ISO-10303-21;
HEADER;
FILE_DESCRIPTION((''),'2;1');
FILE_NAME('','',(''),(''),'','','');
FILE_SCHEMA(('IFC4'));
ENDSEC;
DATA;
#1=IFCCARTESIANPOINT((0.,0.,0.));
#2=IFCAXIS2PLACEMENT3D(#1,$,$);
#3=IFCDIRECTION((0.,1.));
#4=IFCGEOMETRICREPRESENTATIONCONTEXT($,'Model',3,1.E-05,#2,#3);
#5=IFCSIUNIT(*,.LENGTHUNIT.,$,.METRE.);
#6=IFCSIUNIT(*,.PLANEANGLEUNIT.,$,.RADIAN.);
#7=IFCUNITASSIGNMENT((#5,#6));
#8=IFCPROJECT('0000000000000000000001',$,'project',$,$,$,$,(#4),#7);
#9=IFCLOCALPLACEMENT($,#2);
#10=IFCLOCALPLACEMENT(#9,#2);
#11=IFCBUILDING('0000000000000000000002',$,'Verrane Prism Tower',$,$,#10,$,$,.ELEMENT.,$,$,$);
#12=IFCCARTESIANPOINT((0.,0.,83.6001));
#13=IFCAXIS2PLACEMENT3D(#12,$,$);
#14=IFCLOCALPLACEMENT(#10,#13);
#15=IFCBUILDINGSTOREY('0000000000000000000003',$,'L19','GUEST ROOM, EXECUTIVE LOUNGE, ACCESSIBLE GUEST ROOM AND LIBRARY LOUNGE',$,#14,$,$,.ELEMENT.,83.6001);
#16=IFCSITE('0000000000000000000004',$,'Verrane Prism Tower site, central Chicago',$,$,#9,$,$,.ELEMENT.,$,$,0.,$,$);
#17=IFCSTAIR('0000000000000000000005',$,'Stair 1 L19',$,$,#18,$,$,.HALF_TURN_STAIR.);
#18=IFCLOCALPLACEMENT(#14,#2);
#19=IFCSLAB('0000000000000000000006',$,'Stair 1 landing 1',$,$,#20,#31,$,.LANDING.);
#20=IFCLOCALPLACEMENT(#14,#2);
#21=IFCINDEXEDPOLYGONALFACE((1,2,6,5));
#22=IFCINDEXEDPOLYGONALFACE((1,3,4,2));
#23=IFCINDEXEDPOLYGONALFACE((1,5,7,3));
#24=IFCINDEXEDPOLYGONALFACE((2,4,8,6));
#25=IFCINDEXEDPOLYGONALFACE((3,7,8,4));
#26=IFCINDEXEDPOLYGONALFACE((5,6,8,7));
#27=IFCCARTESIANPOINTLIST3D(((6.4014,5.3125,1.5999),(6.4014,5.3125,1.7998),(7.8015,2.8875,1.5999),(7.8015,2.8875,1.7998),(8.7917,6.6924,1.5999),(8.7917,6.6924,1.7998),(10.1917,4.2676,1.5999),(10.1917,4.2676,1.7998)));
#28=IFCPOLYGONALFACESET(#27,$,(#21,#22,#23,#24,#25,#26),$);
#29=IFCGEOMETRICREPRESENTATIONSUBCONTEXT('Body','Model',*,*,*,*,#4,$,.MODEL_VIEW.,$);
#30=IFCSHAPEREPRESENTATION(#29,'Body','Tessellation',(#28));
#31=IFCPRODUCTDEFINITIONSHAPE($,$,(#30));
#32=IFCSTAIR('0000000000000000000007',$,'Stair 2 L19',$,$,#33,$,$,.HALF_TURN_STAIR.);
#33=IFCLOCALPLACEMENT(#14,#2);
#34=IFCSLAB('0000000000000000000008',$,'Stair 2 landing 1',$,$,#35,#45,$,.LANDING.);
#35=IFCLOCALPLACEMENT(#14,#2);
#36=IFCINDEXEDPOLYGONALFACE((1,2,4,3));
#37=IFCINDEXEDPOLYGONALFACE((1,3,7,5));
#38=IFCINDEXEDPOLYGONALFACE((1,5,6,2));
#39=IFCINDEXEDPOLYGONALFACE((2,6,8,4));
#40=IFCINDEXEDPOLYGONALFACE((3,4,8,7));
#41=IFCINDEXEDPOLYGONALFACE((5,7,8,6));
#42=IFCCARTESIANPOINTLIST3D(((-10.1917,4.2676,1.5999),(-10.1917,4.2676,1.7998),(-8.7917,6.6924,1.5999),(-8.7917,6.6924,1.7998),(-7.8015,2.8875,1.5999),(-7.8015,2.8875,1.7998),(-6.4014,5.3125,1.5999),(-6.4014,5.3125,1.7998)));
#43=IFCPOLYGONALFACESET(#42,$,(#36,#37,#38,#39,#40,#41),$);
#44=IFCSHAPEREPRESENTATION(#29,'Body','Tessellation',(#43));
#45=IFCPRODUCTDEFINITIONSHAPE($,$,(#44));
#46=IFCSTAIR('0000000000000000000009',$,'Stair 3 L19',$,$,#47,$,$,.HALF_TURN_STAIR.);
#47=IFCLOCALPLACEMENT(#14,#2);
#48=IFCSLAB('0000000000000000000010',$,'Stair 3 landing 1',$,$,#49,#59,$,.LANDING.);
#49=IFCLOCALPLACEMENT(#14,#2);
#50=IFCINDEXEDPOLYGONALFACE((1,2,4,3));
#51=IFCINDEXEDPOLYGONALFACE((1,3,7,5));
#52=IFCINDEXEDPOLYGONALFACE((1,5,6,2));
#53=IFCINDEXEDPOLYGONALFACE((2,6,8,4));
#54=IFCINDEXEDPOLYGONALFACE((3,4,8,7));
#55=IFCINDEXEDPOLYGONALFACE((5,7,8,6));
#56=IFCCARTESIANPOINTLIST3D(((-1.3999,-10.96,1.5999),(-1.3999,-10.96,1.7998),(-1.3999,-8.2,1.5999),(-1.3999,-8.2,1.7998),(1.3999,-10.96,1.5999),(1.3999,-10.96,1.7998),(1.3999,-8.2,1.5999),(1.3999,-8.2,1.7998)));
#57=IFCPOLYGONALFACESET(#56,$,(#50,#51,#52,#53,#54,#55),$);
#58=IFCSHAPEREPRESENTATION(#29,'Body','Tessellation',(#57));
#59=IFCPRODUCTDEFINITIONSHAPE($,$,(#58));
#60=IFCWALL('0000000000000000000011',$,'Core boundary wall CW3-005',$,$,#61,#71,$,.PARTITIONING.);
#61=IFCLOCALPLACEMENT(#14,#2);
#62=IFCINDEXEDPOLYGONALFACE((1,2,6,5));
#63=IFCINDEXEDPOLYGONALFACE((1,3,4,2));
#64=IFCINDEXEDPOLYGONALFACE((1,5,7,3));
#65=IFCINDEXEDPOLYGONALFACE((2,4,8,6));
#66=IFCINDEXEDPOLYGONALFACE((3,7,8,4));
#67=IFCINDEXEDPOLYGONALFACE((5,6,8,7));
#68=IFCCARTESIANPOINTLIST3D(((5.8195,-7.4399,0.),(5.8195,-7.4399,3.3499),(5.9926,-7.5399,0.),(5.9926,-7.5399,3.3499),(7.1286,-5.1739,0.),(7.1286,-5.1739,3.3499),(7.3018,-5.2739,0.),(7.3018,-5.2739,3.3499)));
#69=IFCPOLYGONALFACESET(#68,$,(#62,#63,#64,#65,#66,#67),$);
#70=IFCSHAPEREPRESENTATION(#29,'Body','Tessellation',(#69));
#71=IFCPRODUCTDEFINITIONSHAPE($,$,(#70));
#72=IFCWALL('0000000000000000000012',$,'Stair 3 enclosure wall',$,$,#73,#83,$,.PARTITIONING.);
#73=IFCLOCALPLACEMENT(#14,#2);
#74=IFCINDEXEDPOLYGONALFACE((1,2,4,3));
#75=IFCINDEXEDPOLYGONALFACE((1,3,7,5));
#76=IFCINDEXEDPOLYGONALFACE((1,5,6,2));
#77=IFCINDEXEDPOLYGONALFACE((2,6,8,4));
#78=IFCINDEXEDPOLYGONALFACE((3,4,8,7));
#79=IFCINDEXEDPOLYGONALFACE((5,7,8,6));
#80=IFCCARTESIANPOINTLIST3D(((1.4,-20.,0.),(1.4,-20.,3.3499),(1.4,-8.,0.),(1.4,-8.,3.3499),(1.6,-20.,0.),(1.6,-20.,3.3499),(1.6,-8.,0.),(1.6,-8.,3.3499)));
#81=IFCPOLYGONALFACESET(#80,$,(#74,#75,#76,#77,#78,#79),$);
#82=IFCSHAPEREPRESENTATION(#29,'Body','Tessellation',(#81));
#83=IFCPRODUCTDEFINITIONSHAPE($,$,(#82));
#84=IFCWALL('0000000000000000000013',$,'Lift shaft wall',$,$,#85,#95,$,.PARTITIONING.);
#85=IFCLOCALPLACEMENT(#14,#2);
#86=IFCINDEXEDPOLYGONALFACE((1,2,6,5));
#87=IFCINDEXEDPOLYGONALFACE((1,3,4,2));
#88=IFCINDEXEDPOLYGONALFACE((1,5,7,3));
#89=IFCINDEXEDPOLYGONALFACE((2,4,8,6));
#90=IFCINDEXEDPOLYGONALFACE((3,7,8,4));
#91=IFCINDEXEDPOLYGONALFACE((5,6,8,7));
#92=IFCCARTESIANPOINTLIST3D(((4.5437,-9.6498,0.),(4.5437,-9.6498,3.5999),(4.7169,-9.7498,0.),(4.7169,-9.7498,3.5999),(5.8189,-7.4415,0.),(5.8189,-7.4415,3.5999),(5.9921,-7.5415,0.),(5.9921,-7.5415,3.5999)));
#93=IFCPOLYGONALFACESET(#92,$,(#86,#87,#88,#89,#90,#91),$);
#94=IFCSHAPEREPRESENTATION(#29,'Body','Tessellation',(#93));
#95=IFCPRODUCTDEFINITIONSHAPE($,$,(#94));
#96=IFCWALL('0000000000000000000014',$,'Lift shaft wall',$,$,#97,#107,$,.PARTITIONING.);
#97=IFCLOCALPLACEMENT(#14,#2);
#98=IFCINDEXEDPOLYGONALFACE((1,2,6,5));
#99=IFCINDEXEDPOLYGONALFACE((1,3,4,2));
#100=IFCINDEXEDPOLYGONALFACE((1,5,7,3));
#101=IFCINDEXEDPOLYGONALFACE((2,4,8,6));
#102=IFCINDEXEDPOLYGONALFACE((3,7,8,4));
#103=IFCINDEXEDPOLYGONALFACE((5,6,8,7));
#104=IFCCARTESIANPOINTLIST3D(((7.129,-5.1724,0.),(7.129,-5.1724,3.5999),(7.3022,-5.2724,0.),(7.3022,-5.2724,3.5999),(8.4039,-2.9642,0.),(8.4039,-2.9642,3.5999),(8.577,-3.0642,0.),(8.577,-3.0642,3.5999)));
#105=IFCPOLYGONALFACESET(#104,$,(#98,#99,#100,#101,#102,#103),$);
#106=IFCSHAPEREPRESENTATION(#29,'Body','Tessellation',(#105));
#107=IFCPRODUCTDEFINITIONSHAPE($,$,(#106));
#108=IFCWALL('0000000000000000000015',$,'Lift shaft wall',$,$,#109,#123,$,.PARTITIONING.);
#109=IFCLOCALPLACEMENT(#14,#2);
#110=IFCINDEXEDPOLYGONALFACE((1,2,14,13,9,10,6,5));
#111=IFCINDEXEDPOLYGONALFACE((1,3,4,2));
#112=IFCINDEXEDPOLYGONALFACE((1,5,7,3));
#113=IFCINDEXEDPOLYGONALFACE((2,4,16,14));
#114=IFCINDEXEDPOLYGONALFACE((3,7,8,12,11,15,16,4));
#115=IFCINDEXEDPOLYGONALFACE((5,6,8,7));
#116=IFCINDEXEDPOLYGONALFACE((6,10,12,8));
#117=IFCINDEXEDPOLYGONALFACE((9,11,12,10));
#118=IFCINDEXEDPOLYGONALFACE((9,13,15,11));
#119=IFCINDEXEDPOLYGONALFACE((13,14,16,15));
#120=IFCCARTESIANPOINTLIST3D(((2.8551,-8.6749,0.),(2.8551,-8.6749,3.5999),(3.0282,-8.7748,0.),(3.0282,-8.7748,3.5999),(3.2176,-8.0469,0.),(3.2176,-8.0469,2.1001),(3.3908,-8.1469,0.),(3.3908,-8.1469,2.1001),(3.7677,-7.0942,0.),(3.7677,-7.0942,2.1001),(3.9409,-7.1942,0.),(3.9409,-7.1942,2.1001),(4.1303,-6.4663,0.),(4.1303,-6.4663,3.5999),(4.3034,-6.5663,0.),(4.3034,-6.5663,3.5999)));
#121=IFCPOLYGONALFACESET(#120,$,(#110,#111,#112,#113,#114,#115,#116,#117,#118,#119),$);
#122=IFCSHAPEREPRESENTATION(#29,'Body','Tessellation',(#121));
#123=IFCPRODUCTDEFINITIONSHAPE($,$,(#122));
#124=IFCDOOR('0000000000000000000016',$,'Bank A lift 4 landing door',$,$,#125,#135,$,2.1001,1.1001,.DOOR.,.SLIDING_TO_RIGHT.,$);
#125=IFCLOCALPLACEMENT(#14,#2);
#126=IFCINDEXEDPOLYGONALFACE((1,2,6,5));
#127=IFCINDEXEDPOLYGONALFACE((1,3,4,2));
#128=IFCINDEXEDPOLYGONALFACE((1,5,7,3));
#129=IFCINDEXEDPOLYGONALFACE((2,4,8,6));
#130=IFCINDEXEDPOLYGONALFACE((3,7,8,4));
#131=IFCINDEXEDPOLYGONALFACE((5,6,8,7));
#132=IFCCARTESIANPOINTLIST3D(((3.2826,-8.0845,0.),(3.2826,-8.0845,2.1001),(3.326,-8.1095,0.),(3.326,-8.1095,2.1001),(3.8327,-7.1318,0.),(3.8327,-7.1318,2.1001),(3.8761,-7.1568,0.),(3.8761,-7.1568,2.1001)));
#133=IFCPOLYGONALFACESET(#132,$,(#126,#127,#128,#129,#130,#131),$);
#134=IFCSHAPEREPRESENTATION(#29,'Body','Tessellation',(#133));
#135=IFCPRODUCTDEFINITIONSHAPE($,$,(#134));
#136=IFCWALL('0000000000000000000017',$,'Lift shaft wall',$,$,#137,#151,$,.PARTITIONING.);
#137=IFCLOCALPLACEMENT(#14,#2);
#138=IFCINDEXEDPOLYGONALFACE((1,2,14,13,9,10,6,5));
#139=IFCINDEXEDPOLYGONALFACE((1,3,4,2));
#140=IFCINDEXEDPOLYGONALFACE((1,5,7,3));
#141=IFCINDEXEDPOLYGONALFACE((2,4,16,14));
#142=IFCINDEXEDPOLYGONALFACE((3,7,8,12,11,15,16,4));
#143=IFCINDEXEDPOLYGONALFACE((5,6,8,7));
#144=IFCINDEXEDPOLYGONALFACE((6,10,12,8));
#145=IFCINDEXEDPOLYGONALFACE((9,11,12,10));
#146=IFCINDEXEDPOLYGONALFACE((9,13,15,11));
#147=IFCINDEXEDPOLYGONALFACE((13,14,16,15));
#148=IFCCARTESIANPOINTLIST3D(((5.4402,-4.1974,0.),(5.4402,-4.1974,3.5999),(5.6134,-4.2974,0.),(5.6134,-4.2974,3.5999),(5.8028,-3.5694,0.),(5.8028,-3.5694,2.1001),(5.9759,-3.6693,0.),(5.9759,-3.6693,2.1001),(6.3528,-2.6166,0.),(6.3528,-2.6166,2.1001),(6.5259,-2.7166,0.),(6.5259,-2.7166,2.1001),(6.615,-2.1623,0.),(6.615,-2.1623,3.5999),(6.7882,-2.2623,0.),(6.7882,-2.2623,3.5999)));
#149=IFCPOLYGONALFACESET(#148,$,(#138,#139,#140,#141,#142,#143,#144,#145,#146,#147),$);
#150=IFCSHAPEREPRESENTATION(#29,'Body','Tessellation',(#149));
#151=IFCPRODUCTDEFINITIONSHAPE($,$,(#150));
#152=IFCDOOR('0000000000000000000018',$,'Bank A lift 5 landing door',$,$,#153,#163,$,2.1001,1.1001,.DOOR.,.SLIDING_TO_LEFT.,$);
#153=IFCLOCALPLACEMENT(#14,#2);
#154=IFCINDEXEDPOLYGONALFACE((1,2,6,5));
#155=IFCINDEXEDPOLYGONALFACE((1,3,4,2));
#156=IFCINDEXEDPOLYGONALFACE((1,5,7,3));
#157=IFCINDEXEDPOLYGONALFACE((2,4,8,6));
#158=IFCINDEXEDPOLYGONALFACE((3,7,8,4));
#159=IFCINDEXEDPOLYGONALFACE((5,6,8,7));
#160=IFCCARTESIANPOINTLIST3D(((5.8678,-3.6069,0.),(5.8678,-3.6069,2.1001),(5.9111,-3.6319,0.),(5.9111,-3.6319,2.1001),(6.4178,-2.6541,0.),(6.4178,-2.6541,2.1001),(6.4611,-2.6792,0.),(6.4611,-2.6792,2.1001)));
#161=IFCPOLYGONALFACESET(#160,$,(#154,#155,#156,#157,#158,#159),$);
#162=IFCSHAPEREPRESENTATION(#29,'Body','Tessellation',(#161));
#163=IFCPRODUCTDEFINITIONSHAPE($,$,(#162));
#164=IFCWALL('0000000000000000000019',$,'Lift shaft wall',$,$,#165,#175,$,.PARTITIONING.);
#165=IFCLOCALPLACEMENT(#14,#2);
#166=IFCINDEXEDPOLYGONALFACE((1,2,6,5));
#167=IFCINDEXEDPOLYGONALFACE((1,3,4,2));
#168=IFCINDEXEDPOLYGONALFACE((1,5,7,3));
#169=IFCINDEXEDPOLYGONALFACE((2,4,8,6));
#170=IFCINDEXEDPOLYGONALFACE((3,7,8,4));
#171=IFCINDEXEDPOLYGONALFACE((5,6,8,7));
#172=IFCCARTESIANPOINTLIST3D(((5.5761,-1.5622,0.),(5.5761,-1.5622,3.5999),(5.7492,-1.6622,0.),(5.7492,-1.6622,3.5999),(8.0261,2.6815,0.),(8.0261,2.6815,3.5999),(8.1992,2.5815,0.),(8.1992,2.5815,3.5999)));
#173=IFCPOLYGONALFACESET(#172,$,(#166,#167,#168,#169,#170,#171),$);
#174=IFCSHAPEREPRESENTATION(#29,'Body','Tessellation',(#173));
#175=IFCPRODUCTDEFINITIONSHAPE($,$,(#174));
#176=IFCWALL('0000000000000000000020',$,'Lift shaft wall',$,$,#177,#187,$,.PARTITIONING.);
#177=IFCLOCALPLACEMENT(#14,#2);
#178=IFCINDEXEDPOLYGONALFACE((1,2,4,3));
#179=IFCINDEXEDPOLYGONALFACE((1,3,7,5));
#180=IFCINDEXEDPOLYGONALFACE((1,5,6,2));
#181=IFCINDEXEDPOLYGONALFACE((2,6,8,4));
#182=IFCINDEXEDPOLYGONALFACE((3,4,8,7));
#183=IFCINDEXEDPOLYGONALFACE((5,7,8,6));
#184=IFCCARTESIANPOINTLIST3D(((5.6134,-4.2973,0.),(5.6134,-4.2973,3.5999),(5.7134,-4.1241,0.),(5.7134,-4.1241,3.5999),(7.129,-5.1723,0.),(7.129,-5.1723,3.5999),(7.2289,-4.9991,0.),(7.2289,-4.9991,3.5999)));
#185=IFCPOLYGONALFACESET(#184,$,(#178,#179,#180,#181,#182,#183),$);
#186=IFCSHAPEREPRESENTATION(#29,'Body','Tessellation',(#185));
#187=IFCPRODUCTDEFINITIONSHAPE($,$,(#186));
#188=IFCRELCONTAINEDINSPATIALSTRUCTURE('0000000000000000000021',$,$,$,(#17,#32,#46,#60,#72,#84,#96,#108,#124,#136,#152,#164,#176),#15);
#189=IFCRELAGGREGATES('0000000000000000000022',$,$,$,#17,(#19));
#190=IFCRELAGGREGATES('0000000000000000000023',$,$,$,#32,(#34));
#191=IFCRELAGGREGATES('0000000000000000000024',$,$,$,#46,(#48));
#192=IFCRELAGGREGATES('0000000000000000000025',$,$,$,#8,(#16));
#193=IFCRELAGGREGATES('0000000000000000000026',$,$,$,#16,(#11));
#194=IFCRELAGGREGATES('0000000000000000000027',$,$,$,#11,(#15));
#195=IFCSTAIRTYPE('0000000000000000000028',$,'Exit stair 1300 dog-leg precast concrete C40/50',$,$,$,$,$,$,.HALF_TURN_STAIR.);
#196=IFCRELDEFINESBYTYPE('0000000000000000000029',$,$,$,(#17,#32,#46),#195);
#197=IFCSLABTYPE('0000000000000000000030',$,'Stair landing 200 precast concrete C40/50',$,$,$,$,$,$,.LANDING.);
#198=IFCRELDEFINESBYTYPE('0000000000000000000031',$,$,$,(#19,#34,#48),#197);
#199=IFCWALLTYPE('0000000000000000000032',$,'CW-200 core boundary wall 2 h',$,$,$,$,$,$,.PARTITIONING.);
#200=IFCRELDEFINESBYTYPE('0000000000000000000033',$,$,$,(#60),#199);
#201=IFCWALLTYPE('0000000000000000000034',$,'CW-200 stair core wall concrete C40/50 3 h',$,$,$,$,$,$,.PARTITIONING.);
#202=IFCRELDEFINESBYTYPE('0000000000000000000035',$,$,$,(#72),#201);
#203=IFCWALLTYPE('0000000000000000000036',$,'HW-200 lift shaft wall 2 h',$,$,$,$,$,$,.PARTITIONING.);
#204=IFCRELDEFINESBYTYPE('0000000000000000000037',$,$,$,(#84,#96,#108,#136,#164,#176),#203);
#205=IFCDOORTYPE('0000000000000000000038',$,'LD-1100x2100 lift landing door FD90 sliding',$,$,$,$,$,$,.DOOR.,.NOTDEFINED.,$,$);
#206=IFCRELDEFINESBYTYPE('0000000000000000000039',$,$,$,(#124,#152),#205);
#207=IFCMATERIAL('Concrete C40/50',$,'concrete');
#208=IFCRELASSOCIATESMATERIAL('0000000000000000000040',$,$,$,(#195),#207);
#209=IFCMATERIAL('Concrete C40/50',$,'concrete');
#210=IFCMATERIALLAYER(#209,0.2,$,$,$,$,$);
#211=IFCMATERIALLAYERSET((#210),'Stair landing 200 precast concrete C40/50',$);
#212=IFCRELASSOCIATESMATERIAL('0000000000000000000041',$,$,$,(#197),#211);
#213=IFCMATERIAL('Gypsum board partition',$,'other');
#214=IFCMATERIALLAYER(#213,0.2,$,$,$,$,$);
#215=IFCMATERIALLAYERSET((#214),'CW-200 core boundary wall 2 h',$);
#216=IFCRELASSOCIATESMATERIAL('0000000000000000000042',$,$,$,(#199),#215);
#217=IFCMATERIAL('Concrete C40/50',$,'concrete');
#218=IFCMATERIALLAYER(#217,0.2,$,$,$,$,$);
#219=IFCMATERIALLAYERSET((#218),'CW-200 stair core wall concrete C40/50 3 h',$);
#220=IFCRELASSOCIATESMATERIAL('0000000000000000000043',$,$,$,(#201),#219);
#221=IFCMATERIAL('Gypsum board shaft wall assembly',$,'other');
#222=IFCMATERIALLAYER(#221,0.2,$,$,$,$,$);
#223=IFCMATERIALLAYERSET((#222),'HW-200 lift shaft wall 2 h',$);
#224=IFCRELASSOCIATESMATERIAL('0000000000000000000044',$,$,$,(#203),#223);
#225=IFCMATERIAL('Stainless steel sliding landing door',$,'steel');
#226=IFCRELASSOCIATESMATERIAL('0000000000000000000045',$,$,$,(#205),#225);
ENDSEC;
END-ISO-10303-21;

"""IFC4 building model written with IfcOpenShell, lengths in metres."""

from ifc_helpers import new_model, si_unit, direction, frame, frame_2d, origin, place, context, subcontext, project, spatial, polyline, rectangle, outline, extrude, material, layer, layer_set, type_object, element, fill, aggregate, save


model = new_model("IFC4")

# Units and contexts
model_context = context("Model", 3, precision=1e-05, world=origin(), true_north=direction((0.0, 1.0)))
body_context = subcontext(model_context, "Body", "Model", "MODEL_VIEW")
ifc_project = project(units=[si_unit("LENGTHUNIT", "METRE"), si_unit("PLANEANGLEUNIT", "RADIAN")], contexts=[model_context])

# Site, building, storey
site_placement = place(None, origin())
site = spatial("IfcSite", under=ifc_project, at=site_placement, Name="Verrane Prism Tower site, central Chicago", CompositionType="ELEMENT", RefElevation=0.0)
building_placement = place(site_placement, origin())
building = spatial("IfcBuilding", under=site, at=building_placement, Name="Verrane Prism Tower", CompositionType="ELEMENT")
storey_placement = place(building_placement, frame((0.0, 0.0, 83.6001)))
storey = spatial("IfcBuildingStorey", under=building, at=storey_placement, Name="L19", Description="GUEST ROOM, EXECUTIVE LOUNGE, ACCESSIBLE GUEST ROOM AND LIBRARY LOUNGE", CompositionType="ELEMENT", Elevation=83.6001)

# Stairs, slabs
ifc_material_1 = material(Name="Concrete C40/50", Category="concrete")
stair_type = type_object("IfcStairType", Name="Exit stair 1300 dog-leg precast concrete C40/50", PredefinedType="HALF_TURN_STAIR", material=ifc_material_1)
stair_1_placement = place(storey_placement, origin())
stair_1 = element("IfcStair", 1, at=stair_1_placement, inside=storey, type_object=stair_type, Name="Stair 1 L19", PredefinedType="HALF_TURN_STAIR")
ifc_material_2 = material(Name="Concrete C40/50", Category="concrete")
ifc_layer_1 = layer(ifc_material_2, 0.2)
ifc_layer_set_1 = layer_set([ifc_layer_1], Name="Stair landing 200 precast concrete C40/50")
slab_type = type_object("IfcSlabType", Name="Stair landing 200 precast concrete C40/50", PredefinedType="LANDING", material=ifc_layer_set_1)
slab_1_placement = place(storey_placement, frame((0.0, 0.0, 1.5999)))
slab_1 = element("IfcSlab", 2, at=slab_1_placement, type_object=slab_type, Name="Stair 1 landing 1", PredefinedType="LANDING", context=body_context, shape_type="SweptSolid", body=[
    extrude(outline(polyline([(8.7917, 6.6924), (6.4014, 5.3125), (7.8015, 2.8875), (10.1917, 4.2676), (8.7917, 6.6924)])), origin(), (0.0, 0.0, 1.0), 0.2),
])
aggregate(stair_1, [slab_1])
stair_2_placement = place(storey_placement, origin())
stair_2 = element("IfcStair", 3, at=stair_2_placement, inside=storey, type_object=stair_type, Name="Stair 2 L19", PredefinedType="HALF_TURN_STAIR")
slab_2_placement = place(storey_placement, frame((0.0, 0.0, 1.5999)))
slab_2 = element("IfcSlab", 4, at=slab_2_placement, type_object=slab_type, Name="Stair 2 landing 1", PredefinedType="LANDING", context=body_context, shape_type="SweptSolid", body=[
    extrude(outline(polyline([(-10.1917, 4.2676), (-7.8015, 2.8875), (-6.4014, 5.3125), (-8.7917, 6.6924), (-10.1917, 4.2676)])), origin(), (0.0, 0.0, 1.0), 0.2),
])
aggregate(stair_2, [slab_2])
stair_3_placement = place(storey_placement, origin())
stair_3 = element("IfcStair", 5, at=stair_3_placement, inside=storey, type_object=stair_type, Name="Stair 3 L19", PredefinedType="HALF_TURN_STAIR")
slab_3_placement = place(storey_placement, frame((0.0, 0.0, 1.5999)))
slab_3 = element("IfcSlab", 6, at=slab_3_placement, type_object=slab_type, Name="Stair 3 landing 1", PredefinedType="LANDING", context=body_context, shape_type="SweptSolid", body=[
    extrude(outline(polyline([(1.3999, -10.96), (1.3999, -8.2), (-1.3999, -8.2), (-1.3999, -10.96), (1.3999, -10.96)])), origin(), (0.0, 0.0, 1.0), 0.2),
])
aggregate(stair_3, [slab_3])

# Walls
ifc_material_3 = material(Name="Gypsum board partition", Category="other")
ifc_layer_2 = layer(ifc_material_3, 0.2)
ifc_layer_set_2 = layer_set([ifc_layer_2], Name="CW-200 core boundary wall 2 h")
wall_type_1 = type_object("IfcWallType", Name="CW-200 core boundary wall 2 h", PredefinedType="PARTITIONING", material=ifc_layer_set_2)
wall_1_placement = place(storey_placement, frame((5.906, -7.49, 0.0), z_axis=(0.0, 0.0, 1.0), x_axis=(0.500253, 0.865879, 0.0)))
element("IfcWall", 7, at=wall_1_placement, inside=storey, type_object=wall_type_1, Name="Core boundary wall CW3-005", PredefinedType="PARTITIONING", context=body_context, shape_type="SweptSolid", body=[
    extrude(rectangle(XDim=2.6169, YDim=0.2, at=frame_2d((1.3086, 0.0))), origin(), (0.0, 0.0, 1.0), 3.3499),
])
ifc_material_4 = material(Name="Concrete C40/50", Category="concrete")
ifc_layer_3 = layer(ifc_material_4, 0.2)
ifc_layer_set_3 = layer_set([ifc_layer_3], Name="CW-200 stair core wall concrete C40/50 3 h")
wall_type_2 = type_object("IfcWallType", Name="CW-200 stair core wall concrete C40/50 3 h", PredefinedType="PARTITIONING", material=ifc_layer_set_3)
wall_2_placement = place(storey_placement, frame((1.5, -8.0, 0.0), z_axis=(0.0, 0.0, 1.0), x_axis=(0.0, -1.0, 0.0)))
element("IfcWall", 8, at=wall_2_placement, inside=storey, type_object=wall_type_2, Name="Stair 3 enclosure wall", PredefinedType="PARTITIONING", context=body_context, shape_type="SweptSolid", body=[
    extrude(rectangle(XDim=12.0, YDim=0.2, at=frame_2d((6.0, 0.0))), origin(), (0.0, 0.0, 1.0), 3.3499),
])
ifc_material_5 = material(Name="Gypsum board shaft wall assembly", Category="other")
ifc_layer_4 = layer(ifc_material_5, 0.2)
ifc_layer_set_4 = layer_set([ifc_layer_4], Name="HW-200 lift shaft wall 2 h")
wall_type_3 = type_object("IfcWallType", Name="HW-200 lift shaft wall 2 h", PredefinedType="PARTITIONING", material=ifc_layer_set_4)
wall_3_placement = place(storey_placement, frame((4.6304, -9.6997, 0.0), z_axis=(0.0, 0.0, 1.0), x_axis=(0.500062, 0.865989, 0.0)))
element("IfcWall", 9, at=wall_3_placement, inside=storey, type_object=wall_type_3, Name="Lift shaft wall", PredefinedType="PARTITIONING", context=body_context, shape_type="SweptSolid", body=[
    extrude(rectangle(XDim=2.55, YDim=0.2, at=frame_2d((1.2749, 0.0))), origin(), (0.0, 0.0, 1.0), 3.5999),
])
wall_4_placement = place(storey_placement, frame((7.2156, -5.2224, 0.0), z_axis=(0.0, 0.0, 1.0), x_axis=(0.49999, 0.866031, 0.0)))
element("IfcWall", 10, at=wall_4_placement, inside=storey, type_object=wall_type_3, Name="Lift shaft wall", PredefinedType="PARTITIONING", context=body_context, shape_type="SweptSolid", body=[
    extrude(rectangle(XDim=2.5498, YDim=0.2, at=frame_2d((1.2749, 0.0))), origin(), (0.0, 0.0, 1.0), 3.5999),
])

# Walls, openings, doors
wall_5_placement = place(storey_placement, frame((2.9417, -8.7249, 0.0), z_axis=(0.0, 0.0, 1.0), x_axis=(0.500021, 0.866013, 0.0)))
wall_5 = element("IfcWall", 11, at=wall_5_placement, inside=storey, type_object=wall_type_3, Name="Lift shaft wall", PredefinedType="PARTITIONING", context=body_context, shape_type="SweptSolid", body=[
    extrude(rectangle(XDim=2.5503, YDim=0.2, at=frame_2d((1.2751, 0.0))), origin(), (0.0, 0.0, 1.0), 3.5999),
])
opening_1_placement = place(wall_5_placement, frame((0.7251, 0.0, 0.0)))
opening_1 = element("IfcOpeningElement", 12, at=opening_1_placement, cuts=wall_5, PredefinedType="OPENING", context=body_context, shape_type="SweptSolid", body=[
    extrude(rectangle(XDim=1.1001, YDim=2.1001, at=frame_2d((0.55, 1.05))), frame((0.0, 0.1099, 0.0), z_axis=(0.0, -1.0, 0.0), x_axis=(1.0, 0.0, 0.0)), (0.0, 0.0, 1.0), 0.22),
])
ifc_material_6 = material(Name="Stainless steel sliding landing door", Category="steel")
door_type_1 = type_object("IfcDoorType", Name="LD-1100x2100 lift landing door FD90 sliding", OperationType="NOTDEFINED", PredefinedType="DOOR", material=ifc_material_6)
door_1_placement = place(opening_1_placement, origin())
door_1 = element("IfcDoor", 13, at=door_1_placement, inside=storey, type_object=door_type_1, Name="Bank A lift 4 landing door", OperationType="SLIDING_TO_RIGHT", OverallHeight=2.1001, OverallWidth=1.1001, PredefinedType="DOOR", context=body_context, shape_type="SweptSolid", body=[
    extrude(rectangle(XDim=1.1001, YDim=2.1001, at=frame_2d((0.55, 1.05))), frame((0.0, 0.0249, 0.0), z_axis=(0.0, -1.0, 0.0), x_axis=(1.0, 0.0, 0.0)), (0.0, 0.0, 1.0), 0.05),
])
fill(opening_1, door_1)
wall_6_placement = place(storey_placement, frame((5.5269, -4.2473, 0.0), z_axis=(0.0, 0.0, 1.0), x_axis=(0.499938, 0.866061, 0.0)))
wall_6 = element("IfcWall", 14, at=wall_6_placement, inside=storey, type_object=wall_type_3, Name="Lift shaft wall", PredefinedType="PARTITIONING", context=body_context, shape_type="SweptSolid", body=[
    extrude(rectangle(XDim=2.3499, YDim=0.2, at=frame_2d((1.1748, 0.0))), origin(), (0.0, 0.0, 1.0), 3.5999),
])
opening_2_placement = place(wall_6_placement, frame((0.7251, 0.0, 0.0)))
opening_2 = element("IfcOpeningElement", 15, at=opening_2_placement, cuts=wall_6, PredefinedType="OPENING", context=body_context, shape_type="SweptSolid", body=[
    extrude(rectangle(XDim=1.1001, YDim=2.1001, at=frame_2d((0.55, 1.05))), frame((0.0, 0.1099, 0.0), z_axis=(0.0, -1.0, 0.0), x_axis=(1.0, 0.0, 0.0)), (0.0, 0.0, 1.0), 0.22),
])
door_2_placement = place(opening_2_placement, origin())
door_2 = element("IfcDoor", 16, at=door_2_placement, inside=storey, type_object=door_type_1, Name="Bank A lift 5 landing door", OperationType="SLIDING_TO_LEFT", OverallHeight=2.1001, OverallWidth=1.1001, PredefinedType="DOOR", context=body_context, shape_type="SweptSolid", body=[
    extrude(rectangle(XDim=1.1001, YDim=2.1001, at=frame_2d((0.55, 1.05))), frame((0.0, 0.0249, 0.0), z_axis=(0.0, -1.0, 0.0), x_axis=(1.0, 0.0, 0.0)), (0.0, 0.0, 1.0), 0.05),
])
fill(opening_2, door_2)

# Walls
wall_7_placement = place(storey_placement, frame((5.6626, -1.6123, 0.0), z_axis=(0.0, 0.0, 1.0), x_axis=(0.499981, 0.866036, 0.0)))
element("IfcWall", 17, at=wall_7_placement, inside=storey, type_object=wall_type_3, Name="Lift shaft wall", PredefinedType="PARTITIONING", context=body_context, shape_type="SweptSolid", body=[
    extrude(rectangle(XDim=4.9001, YDim=0.2, at=frame_2d((2.4502, 0.0))), origin(), (0.0, 0.0, 1.0), 3.5999),
])
wall_8_placement = place(storey_placement, frame((7.179, -5.0857, 0.0), z_axis=(0.0, 0.0, 1.0), x_axis=(-0.866037, 0.49998, 0.0)))
element("IfcWall", 18, at=wall_8_placement, inside=storey, type_object=wall_type_3, Name="Lift shaft wall", PredefinedType="PARTITIONING", context=body_context, shape_type="SweptSolid", body=[
    extrude(rectangle(XDim=1.75, YDim=0.2, at=frame_2d((0.875, 0.0))), origin(), (0.0, 0.0, 1.0), 3.5999),
])

save(model, "model.ifc")
